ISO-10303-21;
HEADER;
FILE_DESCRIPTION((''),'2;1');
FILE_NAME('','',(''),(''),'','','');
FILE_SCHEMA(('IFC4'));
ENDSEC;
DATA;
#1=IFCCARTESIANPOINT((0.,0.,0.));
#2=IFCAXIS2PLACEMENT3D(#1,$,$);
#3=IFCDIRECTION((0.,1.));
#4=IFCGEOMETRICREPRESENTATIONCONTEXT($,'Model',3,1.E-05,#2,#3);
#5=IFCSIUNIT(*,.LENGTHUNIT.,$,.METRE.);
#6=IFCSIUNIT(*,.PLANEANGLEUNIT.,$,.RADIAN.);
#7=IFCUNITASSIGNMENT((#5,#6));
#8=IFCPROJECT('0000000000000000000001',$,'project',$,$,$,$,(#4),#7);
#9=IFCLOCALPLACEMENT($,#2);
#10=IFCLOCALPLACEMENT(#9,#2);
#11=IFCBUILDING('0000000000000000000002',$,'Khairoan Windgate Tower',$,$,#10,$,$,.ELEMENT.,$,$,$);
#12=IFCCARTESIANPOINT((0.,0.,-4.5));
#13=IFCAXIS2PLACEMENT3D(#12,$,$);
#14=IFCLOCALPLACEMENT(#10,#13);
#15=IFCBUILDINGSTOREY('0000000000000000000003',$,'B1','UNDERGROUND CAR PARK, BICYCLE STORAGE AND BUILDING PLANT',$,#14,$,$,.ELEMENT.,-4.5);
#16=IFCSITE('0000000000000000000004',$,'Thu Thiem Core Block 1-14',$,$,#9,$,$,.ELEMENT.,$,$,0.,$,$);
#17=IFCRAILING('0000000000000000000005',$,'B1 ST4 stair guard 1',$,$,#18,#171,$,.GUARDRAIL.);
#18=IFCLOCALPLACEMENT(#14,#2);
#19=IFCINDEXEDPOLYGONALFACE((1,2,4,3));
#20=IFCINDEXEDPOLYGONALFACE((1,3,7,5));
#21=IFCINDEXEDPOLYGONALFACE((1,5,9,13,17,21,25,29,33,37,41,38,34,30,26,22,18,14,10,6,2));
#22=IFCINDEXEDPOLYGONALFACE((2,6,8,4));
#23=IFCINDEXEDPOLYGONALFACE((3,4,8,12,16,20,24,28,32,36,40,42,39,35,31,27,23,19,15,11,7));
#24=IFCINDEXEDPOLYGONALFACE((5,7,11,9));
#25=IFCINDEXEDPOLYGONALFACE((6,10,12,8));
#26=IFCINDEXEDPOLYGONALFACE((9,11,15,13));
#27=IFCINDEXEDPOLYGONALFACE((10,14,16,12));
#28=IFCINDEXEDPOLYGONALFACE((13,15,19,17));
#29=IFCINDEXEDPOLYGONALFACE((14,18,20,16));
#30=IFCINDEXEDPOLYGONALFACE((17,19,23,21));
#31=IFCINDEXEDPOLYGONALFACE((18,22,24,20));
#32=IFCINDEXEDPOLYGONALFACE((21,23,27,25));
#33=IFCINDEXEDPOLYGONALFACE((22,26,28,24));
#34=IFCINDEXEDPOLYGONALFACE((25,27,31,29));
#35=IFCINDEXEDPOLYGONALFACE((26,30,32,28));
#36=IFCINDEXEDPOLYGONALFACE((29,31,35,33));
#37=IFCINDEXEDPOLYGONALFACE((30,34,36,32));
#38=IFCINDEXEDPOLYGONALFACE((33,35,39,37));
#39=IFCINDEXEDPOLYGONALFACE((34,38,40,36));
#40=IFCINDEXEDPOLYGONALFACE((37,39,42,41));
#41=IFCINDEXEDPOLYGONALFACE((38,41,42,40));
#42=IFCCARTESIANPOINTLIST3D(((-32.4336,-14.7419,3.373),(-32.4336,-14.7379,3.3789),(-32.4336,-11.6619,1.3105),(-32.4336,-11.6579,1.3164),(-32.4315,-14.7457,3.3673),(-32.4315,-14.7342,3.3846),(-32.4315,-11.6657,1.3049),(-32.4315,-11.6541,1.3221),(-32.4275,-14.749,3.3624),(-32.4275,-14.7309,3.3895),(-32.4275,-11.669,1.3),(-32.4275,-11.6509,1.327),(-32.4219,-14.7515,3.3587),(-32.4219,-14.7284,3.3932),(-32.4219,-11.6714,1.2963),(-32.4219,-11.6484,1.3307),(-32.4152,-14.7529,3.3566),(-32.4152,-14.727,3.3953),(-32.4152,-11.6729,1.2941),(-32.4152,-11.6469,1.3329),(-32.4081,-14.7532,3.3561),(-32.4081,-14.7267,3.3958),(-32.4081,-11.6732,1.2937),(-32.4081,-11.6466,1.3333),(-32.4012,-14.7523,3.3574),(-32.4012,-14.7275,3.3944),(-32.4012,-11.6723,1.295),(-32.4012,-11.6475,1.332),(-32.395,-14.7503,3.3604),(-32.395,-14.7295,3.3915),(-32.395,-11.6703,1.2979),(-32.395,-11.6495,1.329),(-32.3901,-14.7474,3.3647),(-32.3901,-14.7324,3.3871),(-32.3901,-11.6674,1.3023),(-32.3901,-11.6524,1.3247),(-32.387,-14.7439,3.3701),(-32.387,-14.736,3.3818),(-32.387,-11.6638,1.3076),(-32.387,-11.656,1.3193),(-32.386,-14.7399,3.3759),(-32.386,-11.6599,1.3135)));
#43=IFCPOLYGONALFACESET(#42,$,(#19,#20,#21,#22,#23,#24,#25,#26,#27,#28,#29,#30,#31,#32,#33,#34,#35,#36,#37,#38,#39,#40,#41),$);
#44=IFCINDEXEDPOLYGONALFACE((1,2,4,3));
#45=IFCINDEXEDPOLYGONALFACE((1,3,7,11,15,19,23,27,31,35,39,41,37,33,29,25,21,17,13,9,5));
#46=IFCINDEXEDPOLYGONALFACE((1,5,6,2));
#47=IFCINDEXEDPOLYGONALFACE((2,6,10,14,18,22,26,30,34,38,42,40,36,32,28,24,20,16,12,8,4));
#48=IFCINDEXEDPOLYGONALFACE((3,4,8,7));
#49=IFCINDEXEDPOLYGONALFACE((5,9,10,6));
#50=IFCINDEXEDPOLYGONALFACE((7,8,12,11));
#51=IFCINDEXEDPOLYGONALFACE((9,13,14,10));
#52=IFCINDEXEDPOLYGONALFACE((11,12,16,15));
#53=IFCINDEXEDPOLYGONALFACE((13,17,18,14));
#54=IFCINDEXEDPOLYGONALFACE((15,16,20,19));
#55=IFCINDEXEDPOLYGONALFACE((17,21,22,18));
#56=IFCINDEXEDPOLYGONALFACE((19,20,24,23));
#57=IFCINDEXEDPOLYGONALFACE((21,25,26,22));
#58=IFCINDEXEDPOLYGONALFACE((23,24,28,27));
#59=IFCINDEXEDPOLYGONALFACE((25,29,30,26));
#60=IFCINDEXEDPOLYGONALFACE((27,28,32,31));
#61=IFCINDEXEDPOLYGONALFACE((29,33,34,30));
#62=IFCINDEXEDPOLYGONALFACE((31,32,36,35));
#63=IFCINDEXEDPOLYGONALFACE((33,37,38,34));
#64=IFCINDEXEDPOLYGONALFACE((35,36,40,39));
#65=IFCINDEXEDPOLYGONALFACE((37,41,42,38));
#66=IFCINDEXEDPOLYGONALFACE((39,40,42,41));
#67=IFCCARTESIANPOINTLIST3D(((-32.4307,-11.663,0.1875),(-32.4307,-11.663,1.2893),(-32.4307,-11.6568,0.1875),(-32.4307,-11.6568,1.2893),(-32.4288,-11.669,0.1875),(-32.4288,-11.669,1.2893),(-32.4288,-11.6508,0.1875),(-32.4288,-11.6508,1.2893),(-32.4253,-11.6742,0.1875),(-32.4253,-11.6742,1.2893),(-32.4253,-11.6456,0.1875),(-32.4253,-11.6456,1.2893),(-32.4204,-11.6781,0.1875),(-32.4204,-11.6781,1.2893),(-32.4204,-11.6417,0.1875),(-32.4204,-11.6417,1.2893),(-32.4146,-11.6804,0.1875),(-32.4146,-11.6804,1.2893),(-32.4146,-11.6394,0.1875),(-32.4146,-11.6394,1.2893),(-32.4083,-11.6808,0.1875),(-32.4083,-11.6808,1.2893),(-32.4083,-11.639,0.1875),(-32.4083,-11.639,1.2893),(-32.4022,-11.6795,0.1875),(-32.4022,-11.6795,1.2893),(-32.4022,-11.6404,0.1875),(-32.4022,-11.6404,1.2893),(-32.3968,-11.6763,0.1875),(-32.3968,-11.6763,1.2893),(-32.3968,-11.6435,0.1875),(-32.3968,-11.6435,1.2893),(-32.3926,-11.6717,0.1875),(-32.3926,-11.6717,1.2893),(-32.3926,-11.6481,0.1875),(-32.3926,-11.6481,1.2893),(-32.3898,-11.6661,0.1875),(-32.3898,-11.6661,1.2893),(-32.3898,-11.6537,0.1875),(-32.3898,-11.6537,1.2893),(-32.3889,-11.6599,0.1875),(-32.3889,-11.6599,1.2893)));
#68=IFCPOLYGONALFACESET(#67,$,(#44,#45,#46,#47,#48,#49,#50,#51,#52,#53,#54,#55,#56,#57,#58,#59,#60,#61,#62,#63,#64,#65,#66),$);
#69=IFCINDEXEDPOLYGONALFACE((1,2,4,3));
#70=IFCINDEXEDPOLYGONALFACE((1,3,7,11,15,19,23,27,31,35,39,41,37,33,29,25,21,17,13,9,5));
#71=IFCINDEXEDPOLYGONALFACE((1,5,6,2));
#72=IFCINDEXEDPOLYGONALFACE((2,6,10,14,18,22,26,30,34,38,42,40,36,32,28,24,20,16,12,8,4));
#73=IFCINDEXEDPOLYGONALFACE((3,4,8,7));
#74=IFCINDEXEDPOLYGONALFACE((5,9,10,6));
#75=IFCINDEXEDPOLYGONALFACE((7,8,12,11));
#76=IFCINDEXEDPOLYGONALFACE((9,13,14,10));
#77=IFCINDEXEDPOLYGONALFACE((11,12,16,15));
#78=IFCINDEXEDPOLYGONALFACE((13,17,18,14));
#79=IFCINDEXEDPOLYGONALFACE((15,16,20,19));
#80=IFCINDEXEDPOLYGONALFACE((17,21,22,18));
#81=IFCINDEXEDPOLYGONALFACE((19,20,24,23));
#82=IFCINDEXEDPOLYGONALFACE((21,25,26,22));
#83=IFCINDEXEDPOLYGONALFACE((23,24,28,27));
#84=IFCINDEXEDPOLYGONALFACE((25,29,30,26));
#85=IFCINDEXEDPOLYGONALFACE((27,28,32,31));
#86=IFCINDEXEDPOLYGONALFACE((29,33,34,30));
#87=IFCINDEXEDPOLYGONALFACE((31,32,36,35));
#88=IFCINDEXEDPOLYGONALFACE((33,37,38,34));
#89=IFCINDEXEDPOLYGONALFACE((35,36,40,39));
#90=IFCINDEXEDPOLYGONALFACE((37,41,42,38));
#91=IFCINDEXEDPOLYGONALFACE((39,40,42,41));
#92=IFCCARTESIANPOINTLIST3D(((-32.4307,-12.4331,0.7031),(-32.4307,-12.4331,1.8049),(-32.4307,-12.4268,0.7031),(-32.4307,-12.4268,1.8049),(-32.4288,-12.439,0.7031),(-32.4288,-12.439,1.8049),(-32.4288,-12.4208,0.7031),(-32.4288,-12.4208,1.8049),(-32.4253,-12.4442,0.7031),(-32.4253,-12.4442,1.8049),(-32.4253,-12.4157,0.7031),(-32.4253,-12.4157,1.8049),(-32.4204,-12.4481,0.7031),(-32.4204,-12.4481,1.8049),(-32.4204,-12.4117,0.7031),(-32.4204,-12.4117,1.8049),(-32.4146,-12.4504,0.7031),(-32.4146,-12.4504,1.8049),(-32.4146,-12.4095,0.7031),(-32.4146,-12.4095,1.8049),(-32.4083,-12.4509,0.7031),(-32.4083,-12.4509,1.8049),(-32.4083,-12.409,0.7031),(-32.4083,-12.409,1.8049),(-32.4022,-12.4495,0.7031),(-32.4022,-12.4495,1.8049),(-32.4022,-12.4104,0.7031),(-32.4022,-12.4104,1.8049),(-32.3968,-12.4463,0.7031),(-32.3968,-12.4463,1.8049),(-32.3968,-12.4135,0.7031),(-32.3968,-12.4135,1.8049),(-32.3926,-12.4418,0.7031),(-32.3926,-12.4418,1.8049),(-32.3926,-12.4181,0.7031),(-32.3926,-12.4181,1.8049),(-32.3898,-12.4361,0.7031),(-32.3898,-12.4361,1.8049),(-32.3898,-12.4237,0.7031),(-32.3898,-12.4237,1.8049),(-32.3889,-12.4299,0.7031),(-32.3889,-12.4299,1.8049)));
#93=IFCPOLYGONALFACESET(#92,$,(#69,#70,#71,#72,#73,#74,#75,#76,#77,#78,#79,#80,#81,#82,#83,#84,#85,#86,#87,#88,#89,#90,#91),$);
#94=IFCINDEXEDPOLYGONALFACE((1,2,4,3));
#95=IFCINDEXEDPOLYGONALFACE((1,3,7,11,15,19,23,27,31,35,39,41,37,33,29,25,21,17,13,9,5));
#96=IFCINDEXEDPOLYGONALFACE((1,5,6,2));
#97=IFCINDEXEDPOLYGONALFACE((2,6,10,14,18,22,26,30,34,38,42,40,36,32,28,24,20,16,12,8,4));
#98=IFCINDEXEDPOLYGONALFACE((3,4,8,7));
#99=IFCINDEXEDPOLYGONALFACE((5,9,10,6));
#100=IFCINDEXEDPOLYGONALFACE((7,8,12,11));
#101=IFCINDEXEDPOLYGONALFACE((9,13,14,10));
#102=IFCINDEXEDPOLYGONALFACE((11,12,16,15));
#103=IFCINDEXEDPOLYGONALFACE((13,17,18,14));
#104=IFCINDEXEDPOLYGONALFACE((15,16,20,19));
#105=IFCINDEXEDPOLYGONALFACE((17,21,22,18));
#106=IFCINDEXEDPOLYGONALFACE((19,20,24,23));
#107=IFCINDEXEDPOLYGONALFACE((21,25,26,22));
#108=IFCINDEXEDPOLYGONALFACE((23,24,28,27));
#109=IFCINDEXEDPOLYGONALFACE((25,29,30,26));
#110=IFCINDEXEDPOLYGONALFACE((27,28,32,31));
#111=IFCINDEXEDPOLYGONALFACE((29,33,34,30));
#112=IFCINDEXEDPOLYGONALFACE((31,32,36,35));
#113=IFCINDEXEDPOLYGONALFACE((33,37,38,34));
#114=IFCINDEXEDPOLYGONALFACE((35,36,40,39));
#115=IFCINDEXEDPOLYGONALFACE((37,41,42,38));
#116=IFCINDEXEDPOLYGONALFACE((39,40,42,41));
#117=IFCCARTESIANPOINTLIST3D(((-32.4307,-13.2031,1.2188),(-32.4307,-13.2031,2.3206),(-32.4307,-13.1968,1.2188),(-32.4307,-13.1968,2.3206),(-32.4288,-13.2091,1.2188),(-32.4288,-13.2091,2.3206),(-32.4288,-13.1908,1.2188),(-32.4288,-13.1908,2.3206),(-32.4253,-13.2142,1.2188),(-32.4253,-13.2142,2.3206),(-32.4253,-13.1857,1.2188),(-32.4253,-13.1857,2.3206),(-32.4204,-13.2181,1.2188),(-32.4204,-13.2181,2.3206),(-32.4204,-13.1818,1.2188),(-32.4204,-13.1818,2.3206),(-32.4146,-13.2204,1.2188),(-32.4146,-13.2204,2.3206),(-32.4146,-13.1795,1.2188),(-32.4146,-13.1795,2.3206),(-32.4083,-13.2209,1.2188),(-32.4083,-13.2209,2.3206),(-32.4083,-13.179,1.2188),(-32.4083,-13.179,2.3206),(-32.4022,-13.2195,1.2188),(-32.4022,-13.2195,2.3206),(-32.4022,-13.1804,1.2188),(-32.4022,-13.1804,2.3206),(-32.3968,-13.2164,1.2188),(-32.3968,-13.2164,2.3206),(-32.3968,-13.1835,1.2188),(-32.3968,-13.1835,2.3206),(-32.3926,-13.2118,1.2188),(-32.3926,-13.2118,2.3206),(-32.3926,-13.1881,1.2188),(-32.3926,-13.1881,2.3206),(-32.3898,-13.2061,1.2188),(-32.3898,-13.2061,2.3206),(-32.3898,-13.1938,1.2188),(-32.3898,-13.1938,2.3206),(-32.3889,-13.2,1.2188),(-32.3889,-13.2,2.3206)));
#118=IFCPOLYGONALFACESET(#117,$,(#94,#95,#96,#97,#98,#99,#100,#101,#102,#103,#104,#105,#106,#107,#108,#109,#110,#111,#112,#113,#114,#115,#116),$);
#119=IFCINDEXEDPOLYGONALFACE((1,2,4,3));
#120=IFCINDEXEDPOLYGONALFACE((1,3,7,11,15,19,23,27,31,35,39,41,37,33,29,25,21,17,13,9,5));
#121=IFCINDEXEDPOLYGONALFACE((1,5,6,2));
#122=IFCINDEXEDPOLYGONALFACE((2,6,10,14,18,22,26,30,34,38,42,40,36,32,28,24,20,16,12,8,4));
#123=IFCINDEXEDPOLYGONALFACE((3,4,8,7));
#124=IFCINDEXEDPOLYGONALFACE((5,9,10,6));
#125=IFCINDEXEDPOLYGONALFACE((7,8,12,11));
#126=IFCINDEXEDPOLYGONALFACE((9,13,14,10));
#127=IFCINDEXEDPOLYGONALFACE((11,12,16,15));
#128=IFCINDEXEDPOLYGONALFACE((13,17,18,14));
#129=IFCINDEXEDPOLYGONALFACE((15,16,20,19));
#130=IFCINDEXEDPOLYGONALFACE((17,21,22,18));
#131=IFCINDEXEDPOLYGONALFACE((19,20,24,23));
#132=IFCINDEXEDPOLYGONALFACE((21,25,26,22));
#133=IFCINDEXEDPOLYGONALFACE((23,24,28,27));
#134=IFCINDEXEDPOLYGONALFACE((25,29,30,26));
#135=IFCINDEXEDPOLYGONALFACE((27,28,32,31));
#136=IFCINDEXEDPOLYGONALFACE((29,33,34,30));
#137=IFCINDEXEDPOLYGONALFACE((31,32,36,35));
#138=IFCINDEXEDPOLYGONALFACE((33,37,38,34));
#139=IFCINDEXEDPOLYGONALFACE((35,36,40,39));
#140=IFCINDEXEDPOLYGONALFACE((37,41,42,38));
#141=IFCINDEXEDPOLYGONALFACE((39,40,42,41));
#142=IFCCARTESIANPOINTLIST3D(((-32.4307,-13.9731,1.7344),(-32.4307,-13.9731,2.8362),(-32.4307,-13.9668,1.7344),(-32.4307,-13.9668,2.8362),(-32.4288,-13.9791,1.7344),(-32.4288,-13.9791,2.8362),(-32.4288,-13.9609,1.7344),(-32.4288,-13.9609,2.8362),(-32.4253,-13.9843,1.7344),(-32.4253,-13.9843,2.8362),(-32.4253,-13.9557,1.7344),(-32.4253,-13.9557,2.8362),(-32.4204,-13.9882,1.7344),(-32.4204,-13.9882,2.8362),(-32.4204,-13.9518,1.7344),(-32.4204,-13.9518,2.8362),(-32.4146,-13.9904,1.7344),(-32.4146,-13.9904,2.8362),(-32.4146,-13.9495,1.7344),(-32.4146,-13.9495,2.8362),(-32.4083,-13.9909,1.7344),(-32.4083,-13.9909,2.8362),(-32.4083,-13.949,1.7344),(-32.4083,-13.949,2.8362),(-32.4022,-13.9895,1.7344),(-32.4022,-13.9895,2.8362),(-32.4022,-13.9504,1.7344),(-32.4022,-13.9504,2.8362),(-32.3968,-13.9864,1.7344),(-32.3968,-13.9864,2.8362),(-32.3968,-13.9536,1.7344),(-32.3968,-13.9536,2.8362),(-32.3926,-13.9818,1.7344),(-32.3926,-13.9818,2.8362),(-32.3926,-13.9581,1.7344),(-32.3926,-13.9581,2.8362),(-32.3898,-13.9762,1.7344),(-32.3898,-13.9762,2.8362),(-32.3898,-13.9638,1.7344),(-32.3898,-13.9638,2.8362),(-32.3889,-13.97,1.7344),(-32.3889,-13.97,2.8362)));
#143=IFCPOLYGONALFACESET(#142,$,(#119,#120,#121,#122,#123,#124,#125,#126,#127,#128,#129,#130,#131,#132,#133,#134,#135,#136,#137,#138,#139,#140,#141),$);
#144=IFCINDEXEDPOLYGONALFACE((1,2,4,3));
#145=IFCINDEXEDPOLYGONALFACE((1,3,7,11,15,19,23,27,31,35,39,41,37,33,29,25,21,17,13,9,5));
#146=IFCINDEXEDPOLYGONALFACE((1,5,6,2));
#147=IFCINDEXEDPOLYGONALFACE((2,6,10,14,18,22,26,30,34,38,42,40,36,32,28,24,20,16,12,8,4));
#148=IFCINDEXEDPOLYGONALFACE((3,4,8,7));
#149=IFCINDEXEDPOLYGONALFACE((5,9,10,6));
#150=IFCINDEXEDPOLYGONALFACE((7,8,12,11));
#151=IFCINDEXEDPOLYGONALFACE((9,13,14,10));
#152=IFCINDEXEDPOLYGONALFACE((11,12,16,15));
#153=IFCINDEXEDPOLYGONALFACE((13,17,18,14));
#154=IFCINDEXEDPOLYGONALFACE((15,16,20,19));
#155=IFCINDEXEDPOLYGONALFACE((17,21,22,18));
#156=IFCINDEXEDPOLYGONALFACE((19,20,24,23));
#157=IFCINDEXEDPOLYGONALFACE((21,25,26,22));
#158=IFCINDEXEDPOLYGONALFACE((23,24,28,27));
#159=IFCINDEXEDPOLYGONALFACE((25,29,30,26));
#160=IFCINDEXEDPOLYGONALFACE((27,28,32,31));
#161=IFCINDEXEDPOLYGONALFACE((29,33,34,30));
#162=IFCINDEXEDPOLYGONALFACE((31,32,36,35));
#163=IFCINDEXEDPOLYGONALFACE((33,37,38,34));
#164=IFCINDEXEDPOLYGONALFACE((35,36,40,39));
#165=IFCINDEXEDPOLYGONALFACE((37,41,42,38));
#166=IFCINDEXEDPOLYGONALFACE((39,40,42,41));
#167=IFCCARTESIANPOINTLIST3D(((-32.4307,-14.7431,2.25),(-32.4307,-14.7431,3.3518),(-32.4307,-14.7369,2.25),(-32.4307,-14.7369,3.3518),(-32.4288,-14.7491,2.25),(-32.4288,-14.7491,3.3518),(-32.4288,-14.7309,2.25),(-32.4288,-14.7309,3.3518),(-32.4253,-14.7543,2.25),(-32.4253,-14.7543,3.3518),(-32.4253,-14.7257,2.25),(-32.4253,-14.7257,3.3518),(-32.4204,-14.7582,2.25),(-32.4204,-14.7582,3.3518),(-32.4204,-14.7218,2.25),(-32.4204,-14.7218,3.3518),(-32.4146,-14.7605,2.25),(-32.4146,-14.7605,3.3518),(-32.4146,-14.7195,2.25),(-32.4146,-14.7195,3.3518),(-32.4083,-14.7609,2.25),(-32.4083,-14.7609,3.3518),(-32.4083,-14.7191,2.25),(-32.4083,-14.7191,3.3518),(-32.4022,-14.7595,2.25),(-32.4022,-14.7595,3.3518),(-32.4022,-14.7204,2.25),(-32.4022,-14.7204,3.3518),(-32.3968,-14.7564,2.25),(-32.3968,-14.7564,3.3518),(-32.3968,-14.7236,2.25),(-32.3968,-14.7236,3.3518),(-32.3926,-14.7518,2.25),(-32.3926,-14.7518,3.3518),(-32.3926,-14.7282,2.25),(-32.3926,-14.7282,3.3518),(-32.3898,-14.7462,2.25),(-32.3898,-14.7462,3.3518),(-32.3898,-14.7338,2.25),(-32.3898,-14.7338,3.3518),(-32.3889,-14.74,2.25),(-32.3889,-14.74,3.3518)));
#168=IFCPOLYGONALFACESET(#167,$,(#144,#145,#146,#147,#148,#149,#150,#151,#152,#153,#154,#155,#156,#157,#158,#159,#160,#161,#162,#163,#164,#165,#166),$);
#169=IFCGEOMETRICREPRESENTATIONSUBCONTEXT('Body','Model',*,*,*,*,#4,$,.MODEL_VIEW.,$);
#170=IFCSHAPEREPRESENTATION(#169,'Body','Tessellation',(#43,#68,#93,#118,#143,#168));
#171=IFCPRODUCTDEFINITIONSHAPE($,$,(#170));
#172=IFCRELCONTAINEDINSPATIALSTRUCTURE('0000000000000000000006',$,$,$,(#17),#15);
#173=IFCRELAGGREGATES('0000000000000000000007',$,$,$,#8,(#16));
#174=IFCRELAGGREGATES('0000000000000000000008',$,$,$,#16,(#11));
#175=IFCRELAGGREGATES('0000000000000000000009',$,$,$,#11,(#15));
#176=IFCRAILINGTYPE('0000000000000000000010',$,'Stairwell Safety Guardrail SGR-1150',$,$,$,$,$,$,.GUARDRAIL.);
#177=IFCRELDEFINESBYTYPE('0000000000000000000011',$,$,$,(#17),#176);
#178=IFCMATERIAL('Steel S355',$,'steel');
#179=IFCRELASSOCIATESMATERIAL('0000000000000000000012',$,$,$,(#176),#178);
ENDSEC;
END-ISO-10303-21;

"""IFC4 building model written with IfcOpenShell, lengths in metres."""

from ifc_helpers import new_model, si_unit, direction, frame, origin, origin_2d, place, context, subcontext, project, spatial, circle, extrude, material, type_object, element, save


model = new_model("IFC4")

# Units and contexts
model_context = context("Model", 3, precision=1e-05, world=origin(), true_north=direction((0.0, 1.0)))
body_context = subcontext(model_context, "Body", "Model", "MODEL_VIEW")
ifc_project = project(units=[si_unit("LENGTHUNIT", "METRE"), si_unit("PLANEANGLEUNIT", "RADIAN")], contexts=[model_context])

# Site, building, storey
site_placement = place(None, origin())
site = spatial("IfcSite", under=ifc_project, at=site_placement, Name="Thu Thiem Core Block 1-14", CompositionType="ELEMENT", RefElevation=0.0)
building_placement = place(site_placement, origin())
building = spatial("IfcBuilding", under=site, at=building_placement, Name="Khairoan Windgate Tower", CompositionType="ELEMENT")
storey_placement = place(building_placement, frame((0.0, 0.0, -4.5)))
storey = spatial("IfcBuildingStorey", under=building, at=storey_placement, Name="B1", Description="UNDERGROUND CAR PARK, BICYCLE STORAGE AND BUILDING PLANT", CompositionType="ELEMENT", Elevation=-4.5)

# Railing
ifc_material_1 = material(Name="Steel S355", Category="steel")
railing_type_1 = type_object("IfcRailingType", Name="Stairwell Safety Guardrail SGR-1150", PredefinedType="GUARDRAIL", material=ifc_material_1)
railing_1_placement = place(storey_placement, frame((-32.4099, -11.6599, 0.1875)))
element("IfcRailing", 1, at=railing_1_placement, inside=storey, type_object=railing_type_1, Name="B1 ST4 stair guard 1", PredefinedType="GUARDRAIL", context=body_context, shape_type="SweptSolid", body=[
    extrude(circle(Radius=0.0239, at=origin_2d()), frame((0.0, 0.0, 1.126), z_axis=(0.0, -0.830914, 0.556401), x_axis=(1.0, 0.0, 0.0)), (0.0, 0.0, 1.0), 3.7068),
    extrude(circle(Radius=0.021, at=origin_2d()), origin(), (0.0, 0.0, 1.0), 1.1018),
    extrude(circle(Radius=0.021, at=origin_2d()), frame((0.0, -0.77, 0.5156)), (0.0, 0.0, 1.0), 1.1018),
    extrude(circle(Radius=0.021, at=origin_2d()), frame((0.0, -1.54, 1.0312)), (0.0, 0.0, 1.0), 1.1018),
    extrude(circle(Radius=0.021, at=origin_2d()), frame((0.0, -2.3101, 1.5469)), (0.0, 0.0, 1.0), 1.1018),
    extrude(circle(Radius=0.021, at=origin_2d()), frame((0.0, -3.0801, 2.0625)), (0.0, 0.0, 1.0), 1.1018),
])

save(model, "model.ifc")
